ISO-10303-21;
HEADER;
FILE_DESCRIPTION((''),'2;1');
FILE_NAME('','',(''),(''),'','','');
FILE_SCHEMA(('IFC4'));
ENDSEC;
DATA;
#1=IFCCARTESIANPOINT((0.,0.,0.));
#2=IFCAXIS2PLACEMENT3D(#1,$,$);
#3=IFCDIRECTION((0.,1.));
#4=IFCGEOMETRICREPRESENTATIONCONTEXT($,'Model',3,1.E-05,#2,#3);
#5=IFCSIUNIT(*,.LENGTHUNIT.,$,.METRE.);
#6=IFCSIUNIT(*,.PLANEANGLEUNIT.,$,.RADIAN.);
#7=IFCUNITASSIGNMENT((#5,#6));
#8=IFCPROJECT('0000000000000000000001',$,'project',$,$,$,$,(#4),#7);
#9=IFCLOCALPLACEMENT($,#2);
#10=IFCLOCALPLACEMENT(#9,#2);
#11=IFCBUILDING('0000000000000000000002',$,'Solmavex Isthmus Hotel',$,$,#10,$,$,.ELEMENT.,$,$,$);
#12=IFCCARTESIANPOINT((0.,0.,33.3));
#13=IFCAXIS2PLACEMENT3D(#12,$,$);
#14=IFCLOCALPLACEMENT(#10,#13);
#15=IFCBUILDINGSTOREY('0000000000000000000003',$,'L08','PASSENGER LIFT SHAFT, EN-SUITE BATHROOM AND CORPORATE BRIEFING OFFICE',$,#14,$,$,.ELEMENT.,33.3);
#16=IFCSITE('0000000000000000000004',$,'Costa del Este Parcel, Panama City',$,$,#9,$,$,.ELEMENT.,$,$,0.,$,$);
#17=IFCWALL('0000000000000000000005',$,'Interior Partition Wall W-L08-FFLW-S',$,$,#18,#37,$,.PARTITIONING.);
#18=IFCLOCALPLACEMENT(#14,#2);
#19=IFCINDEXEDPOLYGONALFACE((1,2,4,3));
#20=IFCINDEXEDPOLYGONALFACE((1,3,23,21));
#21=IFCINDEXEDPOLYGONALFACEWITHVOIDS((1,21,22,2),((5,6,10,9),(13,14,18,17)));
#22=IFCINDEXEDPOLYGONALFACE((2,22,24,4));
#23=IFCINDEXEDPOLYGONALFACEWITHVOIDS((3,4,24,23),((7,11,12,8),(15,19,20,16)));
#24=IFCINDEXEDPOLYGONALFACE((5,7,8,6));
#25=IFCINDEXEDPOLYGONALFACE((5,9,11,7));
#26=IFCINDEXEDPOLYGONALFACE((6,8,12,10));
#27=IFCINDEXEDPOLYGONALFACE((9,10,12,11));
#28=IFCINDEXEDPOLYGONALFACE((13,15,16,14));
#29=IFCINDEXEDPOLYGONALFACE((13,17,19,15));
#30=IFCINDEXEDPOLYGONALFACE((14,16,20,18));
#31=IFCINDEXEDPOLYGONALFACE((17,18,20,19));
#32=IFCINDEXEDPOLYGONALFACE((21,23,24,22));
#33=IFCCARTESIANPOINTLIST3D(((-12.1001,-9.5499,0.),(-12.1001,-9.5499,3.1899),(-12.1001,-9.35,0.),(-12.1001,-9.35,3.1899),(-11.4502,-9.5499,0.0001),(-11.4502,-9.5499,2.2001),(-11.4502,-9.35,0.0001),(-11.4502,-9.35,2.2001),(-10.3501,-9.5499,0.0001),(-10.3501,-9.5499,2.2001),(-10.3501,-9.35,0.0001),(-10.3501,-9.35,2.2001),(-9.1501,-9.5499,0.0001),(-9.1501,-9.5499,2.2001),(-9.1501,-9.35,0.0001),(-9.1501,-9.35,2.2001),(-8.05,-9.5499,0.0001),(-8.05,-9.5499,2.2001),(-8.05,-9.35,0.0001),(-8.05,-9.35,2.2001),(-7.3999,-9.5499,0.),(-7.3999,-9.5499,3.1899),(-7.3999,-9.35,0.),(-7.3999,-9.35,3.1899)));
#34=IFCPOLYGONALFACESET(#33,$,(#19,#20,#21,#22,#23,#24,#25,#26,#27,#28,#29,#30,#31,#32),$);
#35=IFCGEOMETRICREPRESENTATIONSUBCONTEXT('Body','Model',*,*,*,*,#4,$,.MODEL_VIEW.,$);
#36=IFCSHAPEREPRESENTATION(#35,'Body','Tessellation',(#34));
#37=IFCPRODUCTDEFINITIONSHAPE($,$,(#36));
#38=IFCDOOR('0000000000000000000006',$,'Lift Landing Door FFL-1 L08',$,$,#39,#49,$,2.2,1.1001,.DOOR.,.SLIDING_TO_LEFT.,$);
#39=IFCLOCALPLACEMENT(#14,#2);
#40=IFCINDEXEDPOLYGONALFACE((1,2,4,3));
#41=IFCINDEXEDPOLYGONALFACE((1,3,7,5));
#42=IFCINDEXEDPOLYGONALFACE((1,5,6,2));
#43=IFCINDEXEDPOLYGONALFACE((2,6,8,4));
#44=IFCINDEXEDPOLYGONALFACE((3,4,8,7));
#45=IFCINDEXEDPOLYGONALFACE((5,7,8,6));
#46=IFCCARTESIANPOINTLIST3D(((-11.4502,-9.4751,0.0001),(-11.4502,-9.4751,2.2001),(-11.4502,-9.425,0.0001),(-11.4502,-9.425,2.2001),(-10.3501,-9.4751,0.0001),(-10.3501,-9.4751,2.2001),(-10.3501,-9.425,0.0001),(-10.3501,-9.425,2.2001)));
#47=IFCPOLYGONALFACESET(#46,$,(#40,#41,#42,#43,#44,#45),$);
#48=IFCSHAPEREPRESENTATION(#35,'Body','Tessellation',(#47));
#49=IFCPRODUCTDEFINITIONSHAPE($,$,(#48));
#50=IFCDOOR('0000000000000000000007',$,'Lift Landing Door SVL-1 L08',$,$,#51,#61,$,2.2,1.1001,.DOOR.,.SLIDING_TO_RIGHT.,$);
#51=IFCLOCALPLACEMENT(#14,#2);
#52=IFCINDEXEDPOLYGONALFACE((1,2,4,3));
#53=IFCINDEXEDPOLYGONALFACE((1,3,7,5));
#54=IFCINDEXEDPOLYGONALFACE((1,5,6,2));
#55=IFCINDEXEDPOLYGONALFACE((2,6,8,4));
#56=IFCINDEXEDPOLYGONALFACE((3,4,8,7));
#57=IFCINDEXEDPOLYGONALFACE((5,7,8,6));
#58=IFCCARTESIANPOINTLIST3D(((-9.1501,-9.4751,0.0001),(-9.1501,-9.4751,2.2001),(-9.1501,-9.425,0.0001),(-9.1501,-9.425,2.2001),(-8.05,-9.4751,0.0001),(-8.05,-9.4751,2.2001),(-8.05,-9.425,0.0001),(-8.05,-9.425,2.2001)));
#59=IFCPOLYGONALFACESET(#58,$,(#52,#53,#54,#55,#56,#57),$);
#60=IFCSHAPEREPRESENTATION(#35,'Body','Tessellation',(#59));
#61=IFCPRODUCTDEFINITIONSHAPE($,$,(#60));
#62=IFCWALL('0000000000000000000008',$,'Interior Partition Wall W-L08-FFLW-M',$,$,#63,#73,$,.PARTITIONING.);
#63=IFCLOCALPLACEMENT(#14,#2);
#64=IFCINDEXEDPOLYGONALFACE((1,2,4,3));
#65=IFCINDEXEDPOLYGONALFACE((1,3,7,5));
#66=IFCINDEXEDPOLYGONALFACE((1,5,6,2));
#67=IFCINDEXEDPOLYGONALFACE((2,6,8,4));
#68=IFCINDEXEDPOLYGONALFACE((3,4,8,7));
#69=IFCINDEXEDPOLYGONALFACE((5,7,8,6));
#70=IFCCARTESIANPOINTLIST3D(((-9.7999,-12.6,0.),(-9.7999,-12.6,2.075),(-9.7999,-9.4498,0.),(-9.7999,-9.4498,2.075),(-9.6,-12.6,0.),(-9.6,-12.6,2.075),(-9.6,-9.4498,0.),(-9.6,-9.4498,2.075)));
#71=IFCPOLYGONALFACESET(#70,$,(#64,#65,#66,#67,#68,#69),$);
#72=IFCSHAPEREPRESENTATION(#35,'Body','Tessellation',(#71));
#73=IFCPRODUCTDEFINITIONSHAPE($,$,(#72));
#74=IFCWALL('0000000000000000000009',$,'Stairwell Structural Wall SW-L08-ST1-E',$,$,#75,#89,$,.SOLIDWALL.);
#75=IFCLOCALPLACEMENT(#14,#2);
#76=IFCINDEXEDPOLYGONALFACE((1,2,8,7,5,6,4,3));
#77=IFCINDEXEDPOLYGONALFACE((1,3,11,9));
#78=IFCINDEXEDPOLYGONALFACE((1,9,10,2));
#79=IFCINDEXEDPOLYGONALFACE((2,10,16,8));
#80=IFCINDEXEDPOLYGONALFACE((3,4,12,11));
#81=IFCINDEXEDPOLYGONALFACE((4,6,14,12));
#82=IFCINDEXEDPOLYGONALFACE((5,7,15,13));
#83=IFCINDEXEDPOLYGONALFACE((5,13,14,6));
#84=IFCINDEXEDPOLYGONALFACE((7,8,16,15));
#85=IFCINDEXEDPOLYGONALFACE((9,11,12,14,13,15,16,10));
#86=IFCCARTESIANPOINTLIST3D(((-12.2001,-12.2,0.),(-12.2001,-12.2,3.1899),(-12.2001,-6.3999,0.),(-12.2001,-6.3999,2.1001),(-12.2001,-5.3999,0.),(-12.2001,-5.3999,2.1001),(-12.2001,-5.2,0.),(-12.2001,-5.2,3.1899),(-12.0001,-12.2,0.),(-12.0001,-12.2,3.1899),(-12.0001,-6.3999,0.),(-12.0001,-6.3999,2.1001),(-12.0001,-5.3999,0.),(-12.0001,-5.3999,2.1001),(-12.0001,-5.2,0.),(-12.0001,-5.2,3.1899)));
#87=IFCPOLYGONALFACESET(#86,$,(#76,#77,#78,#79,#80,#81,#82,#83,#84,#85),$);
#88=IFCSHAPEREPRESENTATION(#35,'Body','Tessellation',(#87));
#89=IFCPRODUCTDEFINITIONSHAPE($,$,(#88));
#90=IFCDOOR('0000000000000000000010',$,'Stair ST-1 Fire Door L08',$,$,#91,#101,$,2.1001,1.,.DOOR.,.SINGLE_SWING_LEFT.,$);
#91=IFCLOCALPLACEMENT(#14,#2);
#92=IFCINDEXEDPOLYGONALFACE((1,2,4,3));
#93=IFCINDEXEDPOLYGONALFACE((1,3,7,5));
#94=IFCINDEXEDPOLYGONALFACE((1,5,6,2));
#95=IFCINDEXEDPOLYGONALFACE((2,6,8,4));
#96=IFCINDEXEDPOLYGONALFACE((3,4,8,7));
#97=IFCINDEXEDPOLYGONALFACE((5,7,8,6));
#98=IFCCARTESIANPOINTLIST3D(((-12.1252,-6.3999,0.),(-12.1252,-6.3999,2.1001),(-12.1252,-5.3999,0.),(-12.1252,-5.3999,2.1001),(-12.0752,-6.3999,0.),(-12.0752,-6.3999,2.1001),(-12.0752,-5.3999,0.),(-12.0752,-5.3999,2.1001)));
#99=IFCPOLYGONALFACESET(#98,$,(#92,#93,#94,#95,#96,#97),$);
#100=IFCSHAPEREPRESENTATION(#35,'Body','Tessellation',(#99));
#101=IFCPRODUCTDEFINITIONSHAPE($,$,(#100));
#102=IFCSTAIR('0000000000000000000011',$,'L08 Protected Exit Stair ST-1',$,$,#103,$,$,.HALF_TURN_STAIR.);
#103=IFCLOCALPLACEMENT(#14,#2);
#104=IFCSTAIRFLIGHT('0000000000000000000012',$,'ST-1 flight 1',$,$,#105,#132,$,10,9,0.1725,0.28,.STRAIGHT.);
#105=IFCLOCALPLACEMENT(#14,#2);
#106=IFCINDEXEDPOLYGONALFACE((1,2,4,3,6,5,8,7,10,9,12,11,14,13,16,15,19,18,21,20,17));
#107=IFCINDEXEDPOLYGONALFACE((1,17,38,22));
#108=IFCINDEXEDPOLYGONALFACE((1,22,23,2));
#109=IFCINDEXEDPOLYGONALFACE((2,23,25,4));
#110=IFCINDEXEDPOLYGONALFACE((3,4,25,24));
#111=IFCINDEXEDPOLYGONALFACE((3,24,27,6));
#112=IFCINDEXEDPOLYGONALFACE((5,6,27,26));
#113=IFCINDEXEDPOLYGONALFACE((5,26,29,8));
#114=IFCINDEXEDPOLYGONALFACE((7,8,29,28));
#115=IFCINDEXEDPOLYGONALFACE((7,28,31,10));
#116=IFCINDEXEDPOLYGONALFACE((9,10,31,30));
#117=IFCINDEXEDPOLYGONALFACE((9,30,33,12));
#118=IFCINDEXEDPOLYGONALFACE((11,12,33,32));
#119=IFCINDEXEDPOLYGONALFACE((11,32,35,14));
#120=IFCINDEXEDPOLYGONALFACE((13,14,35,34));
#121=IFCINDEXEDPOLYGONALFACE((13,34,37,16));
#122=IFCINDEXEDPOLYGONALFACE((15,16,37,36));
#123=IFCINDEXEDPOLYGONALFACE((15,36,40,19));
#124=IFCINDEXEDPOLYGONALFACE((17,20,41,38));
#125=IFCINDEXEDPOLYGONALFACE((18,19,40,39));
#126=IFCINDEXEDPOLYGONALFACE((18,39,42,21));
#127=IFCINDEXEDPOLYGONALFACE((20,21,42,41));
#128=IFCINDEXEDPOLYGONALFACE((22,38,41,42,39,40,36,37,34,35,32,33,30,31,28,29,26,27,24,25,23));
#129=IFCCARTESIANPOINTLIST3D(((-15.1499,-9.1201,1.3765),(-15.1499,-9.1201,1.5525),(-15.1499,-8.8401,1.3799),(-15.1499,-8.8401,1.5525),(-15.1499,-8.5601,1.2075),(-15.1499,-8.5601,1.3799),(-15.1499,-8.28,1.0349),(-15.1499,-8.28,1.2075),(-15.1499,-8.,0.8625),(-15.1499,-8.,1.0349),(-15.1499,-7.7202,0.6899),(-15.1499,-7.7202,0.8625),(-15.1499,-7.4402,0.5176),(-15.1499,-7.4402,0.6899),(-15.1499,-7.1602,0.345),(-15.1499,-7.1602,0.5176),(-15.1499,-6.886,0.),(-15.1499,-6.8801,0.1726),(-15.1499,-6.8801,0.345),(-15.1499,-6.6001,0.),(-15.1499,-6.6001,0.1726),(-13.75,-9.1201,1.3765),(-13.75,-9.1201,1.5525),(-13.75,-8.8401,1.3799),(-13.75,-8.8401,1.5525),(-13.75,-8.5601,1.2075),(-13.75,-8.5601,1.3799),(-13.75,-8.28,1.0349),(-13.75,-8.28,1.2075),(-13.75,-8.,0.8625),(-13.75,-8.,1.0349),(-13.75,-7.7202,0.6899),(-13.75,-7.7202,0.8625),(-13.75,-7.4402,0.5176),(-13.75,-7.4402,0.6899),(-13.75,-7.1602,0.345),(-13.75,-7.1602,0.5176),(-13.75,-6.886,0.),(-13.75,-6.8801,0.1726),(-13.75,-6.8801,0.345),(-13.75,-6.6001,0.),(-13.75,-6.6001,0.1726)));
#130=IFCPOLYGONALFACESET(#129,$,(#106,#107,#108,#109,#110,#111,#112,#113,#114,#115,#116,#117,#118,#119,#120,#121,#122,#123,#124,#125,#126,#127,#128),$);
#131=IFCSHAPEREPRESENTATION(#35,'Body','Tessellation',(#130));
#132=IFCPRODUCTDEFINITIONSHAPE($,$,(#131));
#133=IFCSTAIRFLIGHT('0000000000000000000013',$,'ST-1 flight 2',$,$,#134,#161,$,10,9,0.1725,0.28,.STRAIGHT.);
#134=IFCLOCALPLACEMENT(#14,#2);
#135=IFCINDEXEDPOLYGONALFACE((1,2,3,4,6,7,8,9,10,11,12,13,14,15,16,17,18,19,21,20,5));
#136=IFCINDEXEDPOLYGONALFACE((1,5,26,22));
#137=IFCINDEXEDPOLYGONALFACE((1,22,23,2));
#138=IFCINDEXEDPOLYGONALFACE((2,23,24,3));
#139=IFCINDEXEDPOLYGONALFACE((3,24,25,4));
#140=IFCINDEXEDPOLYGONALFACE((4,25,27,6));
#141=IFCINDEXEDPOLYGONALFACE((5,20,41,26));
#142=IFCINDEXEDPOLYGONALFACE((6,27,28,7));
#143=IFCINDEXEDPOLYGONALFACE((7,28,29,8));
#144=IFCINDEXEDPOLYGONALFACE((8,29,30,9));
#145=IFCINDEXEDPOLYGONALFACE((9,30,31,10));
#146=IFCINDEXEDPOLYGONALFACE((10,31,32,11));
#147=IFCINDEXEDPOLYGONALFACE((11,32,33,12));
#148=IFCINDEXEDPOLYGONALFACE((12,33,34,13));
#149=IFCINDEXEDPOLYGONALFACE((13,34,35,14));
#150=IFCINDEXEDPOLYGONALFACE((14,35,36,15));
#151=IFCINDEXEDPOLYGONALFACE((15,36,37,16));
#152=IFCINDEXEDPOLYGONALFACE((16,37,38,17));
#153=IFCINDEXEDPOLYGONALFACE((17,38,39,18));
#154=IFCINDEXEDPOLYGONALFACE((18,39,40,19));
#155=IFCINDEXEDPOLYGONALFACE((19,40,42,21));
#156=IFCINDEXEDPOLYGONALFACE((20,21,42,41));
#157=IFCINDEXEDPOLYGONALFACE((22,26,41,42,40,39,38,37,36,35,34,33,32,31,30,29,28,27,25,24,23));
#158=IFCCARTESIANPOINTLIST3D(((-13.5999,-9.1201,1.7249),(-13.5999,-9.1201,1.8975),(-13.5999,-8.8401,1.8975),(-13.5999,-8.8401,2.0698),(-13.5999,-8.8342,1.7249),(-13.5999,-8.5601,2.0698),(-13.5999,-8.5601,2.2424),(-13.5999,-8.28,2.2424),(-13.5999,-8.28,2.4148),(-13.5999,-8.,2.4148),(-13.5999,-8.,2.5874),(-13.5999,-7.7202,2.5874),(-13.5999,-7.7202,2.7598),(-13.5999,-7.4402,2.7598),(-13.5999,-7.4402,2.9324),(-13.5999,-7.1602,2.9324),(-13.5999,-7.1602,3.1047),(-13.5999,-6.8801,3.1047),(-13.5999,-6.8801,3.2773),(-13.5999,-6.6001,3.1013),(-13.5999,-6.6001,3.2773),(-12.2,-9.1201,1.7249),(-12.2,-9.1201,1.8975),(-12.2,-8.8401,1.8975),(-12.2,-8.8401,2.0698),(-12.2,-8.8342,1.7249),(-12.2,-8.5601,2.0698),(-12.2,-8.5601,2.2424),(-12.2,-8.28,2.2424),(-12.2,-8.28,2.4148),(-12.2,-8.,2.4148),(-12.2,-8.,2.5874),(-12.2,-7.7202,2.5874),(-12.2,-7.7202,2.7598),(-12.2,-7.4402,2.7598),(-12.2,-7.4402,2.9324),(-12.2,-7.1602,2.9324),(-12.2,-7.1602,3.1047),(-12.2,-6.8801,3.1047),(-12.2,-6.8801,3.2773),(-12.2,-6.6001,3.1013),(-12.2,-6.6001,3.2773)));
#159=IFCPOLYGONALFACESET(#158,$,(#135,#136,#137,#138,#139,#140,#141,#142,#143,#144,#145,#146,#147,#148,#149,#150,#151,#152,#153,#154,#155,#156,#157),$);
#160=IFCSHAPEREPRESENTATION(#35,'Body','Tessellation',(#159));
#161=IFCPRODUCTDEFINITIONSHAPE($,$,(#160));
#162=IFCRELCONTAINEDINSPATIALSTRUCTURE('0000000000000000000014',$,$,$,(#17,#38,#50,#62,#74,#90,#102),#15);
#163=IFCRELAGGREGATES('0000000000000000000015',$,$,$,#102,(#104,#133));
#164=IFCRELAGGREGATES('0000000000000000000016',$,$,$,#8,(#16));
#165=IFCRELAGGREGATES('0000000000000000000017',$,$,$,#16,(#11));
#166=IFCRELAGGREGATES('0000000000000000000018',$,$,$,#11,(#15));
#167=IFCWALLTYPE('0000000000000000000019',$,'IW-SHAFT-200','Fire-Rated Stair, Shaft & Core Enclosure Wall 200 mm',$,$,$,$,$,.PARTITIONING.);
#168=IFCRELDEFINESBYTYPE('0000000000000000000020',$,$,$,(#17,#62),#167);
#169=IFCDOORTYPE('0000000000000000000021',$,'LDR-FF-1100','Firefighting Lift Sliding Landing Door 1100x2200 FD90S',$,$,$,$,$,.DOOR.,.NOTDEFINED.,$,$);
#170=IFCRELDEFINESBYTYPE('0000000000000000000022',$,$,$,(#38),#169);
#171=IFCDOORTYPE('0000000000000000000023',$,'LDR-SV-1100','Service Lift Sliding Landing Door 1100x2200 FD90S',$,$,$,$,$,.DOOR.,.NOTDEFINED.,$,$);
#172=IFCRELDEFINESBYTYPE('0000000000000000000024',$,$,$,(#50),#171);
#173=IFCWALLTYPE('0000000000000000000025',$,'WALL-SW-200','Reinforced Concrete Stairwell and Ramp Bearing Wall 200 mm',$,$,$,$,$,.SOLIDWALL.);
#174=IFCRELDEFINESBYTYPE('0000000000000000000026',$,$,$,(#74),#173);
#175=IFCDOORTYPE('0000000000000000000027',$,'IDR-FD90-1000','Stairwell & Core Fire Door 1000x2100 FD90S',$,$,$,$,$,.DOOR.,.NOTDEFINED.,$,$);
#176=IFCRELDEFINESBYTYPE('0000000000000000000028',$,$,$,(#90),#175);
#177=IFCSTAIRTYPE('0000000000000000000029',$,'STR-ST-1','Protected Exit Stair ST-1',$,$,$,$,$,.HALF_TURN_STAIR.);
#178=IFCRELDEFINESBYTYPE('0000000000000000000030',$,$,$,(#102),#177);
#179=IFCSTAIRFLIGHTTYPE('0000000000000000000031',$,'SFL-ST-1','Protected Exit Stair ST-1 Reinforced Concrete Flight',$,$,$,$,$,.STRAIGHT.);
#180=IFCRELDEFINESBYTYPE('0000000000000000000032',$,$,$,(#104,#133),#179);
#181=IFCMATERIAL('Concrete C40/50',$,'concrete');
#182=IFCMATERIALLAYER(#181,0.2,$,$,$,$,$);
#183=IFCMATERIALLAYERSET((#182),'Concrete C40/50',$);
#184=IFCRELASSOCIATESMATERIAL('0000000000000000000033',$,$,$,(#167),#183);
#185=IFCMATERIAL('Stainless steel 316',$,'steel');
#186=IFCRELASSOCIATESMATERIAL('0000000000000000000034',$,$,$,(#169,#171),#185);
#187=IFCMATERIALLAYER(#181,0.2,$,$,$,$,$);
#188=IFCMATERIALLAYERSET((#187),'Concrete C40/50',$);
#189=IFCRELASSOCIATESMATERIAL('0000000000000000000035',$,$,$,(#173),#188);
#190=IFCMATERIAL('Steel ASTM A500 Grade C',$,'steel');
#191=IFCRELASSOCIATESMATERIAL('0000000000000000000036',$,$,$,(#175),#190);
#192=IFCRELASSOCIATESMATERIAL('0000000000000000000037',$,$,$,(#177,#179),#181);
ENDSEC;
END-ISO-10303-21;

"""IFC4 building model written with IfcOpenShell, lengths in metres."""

from ifc_helpers import new_model, si_unit, direction, frame, frame_2d, origin, place, context, subcontext, project, spatial, polyline, rectangle, outline, extrude, material, layer, layer_set, type_object, element, fill, aggregate, save


model = new_model("IFC4")

# Units and contexts
model_context = context("Model", 3, precision=1e-05, world=origin(), true_north=direction((0.0, 1.0)))
body_context = subcontext(model_context, "Body", "Model", "MODEL_VIEW")
ifc_project = project(units=[si_unit("LENGTHUNIT", "METRE"), si_unit("PLANEANGLEUNIT", "RADIAN")], contexts=[model_context])

# Site, building, storey
site_placement = place(None, origin())
site = spatial("IfcSite", under=ifc_project, at=site_placement, Name="Costa del Este Parcel, Panama City", CompositionType="ELEMENT", RefElevation=0.0)
building_placement = place(site_placement, origin())
building = spatial("IfcBuilding", under=site, at=building_placement, Name="Solmavex Isthmus Hotel", CompositionType="ELEMENT")
storey_placement = place(building_placement, frame((0.0, 0.0, 33.3)))
storey = spatial("IfcBuildingStorey", under=building, at=storey_placement, Name="L08", Description="PASSENGER LIFT SHAFT, EN-SUITE BATHROOM AND CORPORATE BRIEFING OFFICE", CompositionType="ELEMENT", Elevation=33.3)

# Wall, openings, doors
ifc_material_1 = material(Name="Concrete C40/50", Category="concrete")
ifc_layer_1 = layer(ifc_material_1, 0.2)
ifc_layer_set_1 = layer_set([ifc_layer_1], Name="Concrete C40/50")
wall_type_1 = type_object("IfcWallType", Name="IW-SHAFT-200", Description="Fire-Rated Stair, Shaft & Core Enclosure Wall 200 mm", PredefinedType="PARTITIONING", material=ifc_layer_set_1)
wall_1_placement = place(storey_placement, frame((-12.1001, -9.45, 0.0), z_axis=(0.0, 0.0, 1.0), x_axis=(1.0, 0.0, 0.0)))
wall_1 = element("IfcWall", 1, at=wall_1_placement, inside=storey, type_object=wall_type_1, Name="Interior Partition Wall W-L08-FFLW-S", PredefinedType="PARTITIONING", context=body_context, shape_type="SweptSolid", body=[
    extrude(rectangle(XDim=4.7002, YDim=0.2, at=frame_2d((2.3501, 0.0))), origin(), (0.0, 0.0, 1.0), 3.1899),
])
opening_1_placement = place(wall_1_placement, frame((0.6499, 0.0, 0.0)))
opening_1 = element("IfcOpeningElement", 2, at=opening_1_placement, cuts=wall_1, PredefinedType="OPENING", context=body_context, shape_type="SweptSolid", body=[
    extrude(rectangle(XDim=1.1001, YDim=2.2, at=frame_2d((0.55, 1.1001))), frame((0.0, 0.1099, 0.0), z_axis=(0.0, -1.0, 0.0), x_axis=(1.0, 0.0, 0.0)), (0.0, 0.0, 1.0), 0.22),
])
opening_2_placement = place(wall_1_placement, frame((2.95, 0.0, 0.0)))
opening_2 = element("IfcOpeningElement", 3, at=opening_2_placement, cuts=wall_1, PredefinedType="OPENING", context=body_context, shape_type="SweptSolid", body=[
    extrude(rectangle(XDim=1.1001, YDim=2.2, at=frame_2d((0.55, 1.1001))), frame((0.0, 0.1099, 0.0), z_axis=(0.0, -1.0, 0.0), x_axis=(1.0, 0.0, 0.0)), (0.0, 0.0, 1.0), 0.22),
])
ifc_material_2 = material(Name="Stainless steel 316", Category="steel")
door_type_1 = type_object("IfcDoorType", Name="LDR-FF-1100", Description="Firefighting Lift Sliding Landing Door 1100x2200 FD90S", OperationType="NOTDEFINED", PredefinedType="DOOR", material=ifc_material_2)
door_1_placement = place(opening_1_placement, origin())
door_1 = element("IfcDoor", 4, at=door_1_placement, inside=storey, type_object=door_type_1, Name="Lift Landing Door FFL-1 L08", OperationType="SLIDING_TO_LEFT", OverallHeight=2.2, OverallWidth=1.1001, PredefinedType="DOOR", context=body_context, shape_type="SweptSolid", body=[
    extrude(rectangle(XDim=1.1001, YDim=2.2, at=frame_2d((0.55, 1.1001))), frame((0.0, 0.0249, 0.0), z_axis=(0.0, -1.0, 0.0), x_axis=(1.0, 0.0, 0.0)), (0.0, 0.0, 1.0), 0.05),
])
fill(opening_1, door_1)
door_type_2 = type_object("IfcDoorType", Name="LDR-SV-1100", Description="Service Lift Sliding Landing Door 1100x2200 FD90S", OperationType="NOTDEFINED", PredefinedType="DOOR", material=ifc_material_2)
door_2_placement = place(opening_2_placement, origin())
door_2 = element("IfcDoor", 5, at=door_2_placement, inside=storey, type_object=door_type_2, Name="Lift Landing Door SVL-1 L08", OperationType="SLIDING_TO_RIGHT", OverallHeight=2.2, OverallWidth=1.1001, PredefinedType="DOOR", context=body_context, shape_type="SweptSolid", body=[
    extrude(rectangle(XDim=1.1001, YDim=2.2, at=frame_2d((0.55, 1.1001))), frame((0.0, 0.0249, 0.0), z_axis=(0.0, -1.0, 0.0), x_axis=(1.0, 0.0, 0.0)), (0.0, 0.0, 1.0), 0.05),
])
fill(opening_2, door_2)

# Wall
wall_2_placement = place(storey_placement, frame((-9.7, -12.6001, 0.0), z_axis=(0.0, 0.0, 1.0), x_axis=(0.0, 1.0, 0.0)))
element("IfcWall", 6, at=wall_2_placement, inside=storey, type_object=wall_type_1, Name="Interior Partition Wall W-L08-FFLW-M", PredefinedType="PARTITIONING", context=body_context, shape_type="SweptSolid", body=[
    extrude(rectangle(XDim=3.1501, YDim=0.2, at=frame_2d((1.5752, 0.0))), origin(), (0.0, 0.0, 1.0), 2.075),
])

# Wall, opening, door
ifc_layer_2 = layer(ifc_material_1, 0.2)
ifc_layer_set_2 = layer_set([ifc_layer_2], Name="Concrete C40/50")
wall_type_2 = type_object("IfcWallType", Name="WALL-SW-200", Description="Reinforced Concrete Stairwell and Ramp Bearing Wall 200 mm", PredefinedType="SOLIDWALL", material=ifc_layer_set_2)
wall_3_placement = place(storey_placement, frame((-12.1001, -12.2, 0.0), z_axis=(0.0, 0.0, 1.0), x_axis=(0.0, 1.0, 0.0)))
wall_3 = element("IfcWall", 7, at=wall_3_placement, inside=storey, type_object=wall_type_2, Name="Stairwell Structural Wall SW-L08-ST1-E", PredefinedType="SOLIDWALL", context=body_context, shape_type="SweptSolid", body=[
    extrude(rectangle(XDim=7.0, YDim=0.2, at=frame_2d((3.5, 0.0))), origin(), (0.0, 0.0, 1.0), 3.1899),
])
opening_3_placement = place(wall_3_placement, frame((5.8, 0.0, 0.0)))
opening_3 = element("IfcOpeningElement", 8, at=opening_3_placement, cuts=wall_3, PredefinedType="OPENING", context=body_context, shape_type="SweptSolid", body=[
    extrude(rectangle(XDim=1.0, YDim=2.1001, at=frame_2d((0.5, 1.05))), frame((0.0, 0.1099, 0.0), z_axis=(0.0, -1.0, 0.0), x_axis=(1.0, 0.0, 0.0)), (0.0, 0.0, 1.0), 0.22),
])
ifc_material_3 = material(Name="Steel ASTM A500 Grade C", Category="steel")
door_type_3 = type_object("IfcDoorType", Name="IDR-FD90-1000", Description="Stairwell & Core Fire Door 1000x2100 FD90S", OperationType="NOTDEFINED", PredefinedType="DOOR", material=ifc_material_3)
door_3_placement = place(opening_3_placement, frame((1.0, 0.0, 0.0), z_axis=(0.0, 0.0, 1.0), x_axis=(-1.0, 0.0, 0.0)))
door_3 = element("IfcDoor", 9, at=door_3_placement, inside=storey, type_object=door_type_3, Name="Stair ST-1 Fire Door L08", OperationType="SINGLE_SWING_LEFT", OverallHeight=2.1001, OverallWidth=1.0, PredefinedType="DOOR", context=body_context, shape_type="SweptSolid", body=[
    extrude(rectangle(XDim=1.0, YDim=2.1001, at=frame_2d((0.5, 1.05))), frame((0.0, 0.0249, 0.0), z_axis=(0.0, -1.0, 0.0), x_axis=(1.0, 0.0, 0.0)), (0.0, 0.0, 1.0), 0.05),
])
fill(opening_3, door_3)

# Stair, stair flights
stair_type = type_object("IfcStairType", Name="STR-ST-1", Description="Protected Exit Stair ST-1", PredefinedType="HALF_TURN_STAIR", material=ifc_material_1)
stair_placement = place(storey_placement, origin())
stair = element("IfcStair", 10, at=stair_placement, inside=storey, type_object=stair_type, Name="L08 Protected Exit Stair ST-1", PredefinedType="HALF_TURN_STAIR")
stair_flight_type = type_object("IfcStairFlightType", Name="SFL-ST-1", Description="Protected Exit Stair ST-1 Reinforced Concrete Flight", PredefinedType="STRAIGHT", material=ifc_material_1)
stair_flight_1_placement = place(storey_placement, frame((-14.45, -6.6001, 0.0), z_axis=(0.0, 0.0, 1.0), x_axis=(0.0, -1.0, 0.0)))
stair_flight_1 = element("IfcStairFlight", 11, at=stair_flight_1_placement, type_object=stair_flight_type, Name="ST-1 flight 1", NumberOfRisers=10, NumberOfTreads=9, PredefinedType="STRAIGHT", RiserHeight=0.1725, TreadLength=0.28, context=body_context, shape_type="SweptSolid", body=[
    extrude(outline(polyline([(0.0, 0.0), (0.0, 0.1726), (0.28, 0.1726), (0.28, 0.345), (0.5601, 0.345), (0.5601, 0.5176), (0.8401, 0.5176), (0.8401, 0.6899), (1.1201, 0.6899), (1.1201, 0.8625), (1.3999, 0.8625), (1.3999, 1.0349), (1.6799, 1.0349), (1.6799, 1.2075), (1.96, 1.2075), (1.96, 1.3799), (2.24, 1.3799), (2.24, 1.5525), (2.52, 1.5525), (2.52, 1.7251), (2.52, 1.3765), (0.2859, 0.0), (0.0, 0.0)])), frame((0.0, 0.7, 0.0), z_axis=(0.0, -1.0, 0.0), x_axis=(1.0, 0.0, 0.0)), (0.0, 0.0, 1.0), 1.3999),
])
stair_flight_2_placement = place(storey_placement, frame((-12.8999, -9.1201, 1.7249), z_axis=(0.0, 0.0, 1.0), x_axis=(0.0, 1.0, 0.0)))
stair_flight_2 = element("IfcStairFlight", 12, at=stair_flight_2_placement, type_object=stair_flight_type, Name="ST-1 flight 2", NumberOfRisers=10, NumberOfTreads=9, PredefinedType="STRAIGHT", RiserHeight=0.1725, TreadLength=0.28, context=body_context, shape_type="SweptSolid", body=[
    extrude(outline(polyline([(0.0, 0.0), (0.0, 0.1726), (0.28, 0.1726), (0.28, 0.345), (0.5601, 0.345), (0.5601, 0.5176), (0.8401, 0.5176), (0.8401, 0.6899), (1.1201, 0.6899), (1.1201, 0.8625), (1.3999, 0.8625), (1.3999, 1.0349), (1.6799, 1.0349), (1.6799, 1.2075), (1.96, 1.2075), (1.96, 1.3799), (2.24, 1.3799), (2.24, 1.5525), (2.52, 1.5525), (2.52, 1.7251), (2.52, 1.3765), (0.2859, 0.0), (0.0, 0.0)])), frame((0.0, 0.7, 0.0), z_axis=(0.0, -1.0, 0.0), x_axis=(1.0, 0.0, 0.0)), (0.0, 0.0, 1.0), 1.3999),
])
aggregate(stair, [stair_flight_1, stair_flight_2])

save(model, "model.ifc")
